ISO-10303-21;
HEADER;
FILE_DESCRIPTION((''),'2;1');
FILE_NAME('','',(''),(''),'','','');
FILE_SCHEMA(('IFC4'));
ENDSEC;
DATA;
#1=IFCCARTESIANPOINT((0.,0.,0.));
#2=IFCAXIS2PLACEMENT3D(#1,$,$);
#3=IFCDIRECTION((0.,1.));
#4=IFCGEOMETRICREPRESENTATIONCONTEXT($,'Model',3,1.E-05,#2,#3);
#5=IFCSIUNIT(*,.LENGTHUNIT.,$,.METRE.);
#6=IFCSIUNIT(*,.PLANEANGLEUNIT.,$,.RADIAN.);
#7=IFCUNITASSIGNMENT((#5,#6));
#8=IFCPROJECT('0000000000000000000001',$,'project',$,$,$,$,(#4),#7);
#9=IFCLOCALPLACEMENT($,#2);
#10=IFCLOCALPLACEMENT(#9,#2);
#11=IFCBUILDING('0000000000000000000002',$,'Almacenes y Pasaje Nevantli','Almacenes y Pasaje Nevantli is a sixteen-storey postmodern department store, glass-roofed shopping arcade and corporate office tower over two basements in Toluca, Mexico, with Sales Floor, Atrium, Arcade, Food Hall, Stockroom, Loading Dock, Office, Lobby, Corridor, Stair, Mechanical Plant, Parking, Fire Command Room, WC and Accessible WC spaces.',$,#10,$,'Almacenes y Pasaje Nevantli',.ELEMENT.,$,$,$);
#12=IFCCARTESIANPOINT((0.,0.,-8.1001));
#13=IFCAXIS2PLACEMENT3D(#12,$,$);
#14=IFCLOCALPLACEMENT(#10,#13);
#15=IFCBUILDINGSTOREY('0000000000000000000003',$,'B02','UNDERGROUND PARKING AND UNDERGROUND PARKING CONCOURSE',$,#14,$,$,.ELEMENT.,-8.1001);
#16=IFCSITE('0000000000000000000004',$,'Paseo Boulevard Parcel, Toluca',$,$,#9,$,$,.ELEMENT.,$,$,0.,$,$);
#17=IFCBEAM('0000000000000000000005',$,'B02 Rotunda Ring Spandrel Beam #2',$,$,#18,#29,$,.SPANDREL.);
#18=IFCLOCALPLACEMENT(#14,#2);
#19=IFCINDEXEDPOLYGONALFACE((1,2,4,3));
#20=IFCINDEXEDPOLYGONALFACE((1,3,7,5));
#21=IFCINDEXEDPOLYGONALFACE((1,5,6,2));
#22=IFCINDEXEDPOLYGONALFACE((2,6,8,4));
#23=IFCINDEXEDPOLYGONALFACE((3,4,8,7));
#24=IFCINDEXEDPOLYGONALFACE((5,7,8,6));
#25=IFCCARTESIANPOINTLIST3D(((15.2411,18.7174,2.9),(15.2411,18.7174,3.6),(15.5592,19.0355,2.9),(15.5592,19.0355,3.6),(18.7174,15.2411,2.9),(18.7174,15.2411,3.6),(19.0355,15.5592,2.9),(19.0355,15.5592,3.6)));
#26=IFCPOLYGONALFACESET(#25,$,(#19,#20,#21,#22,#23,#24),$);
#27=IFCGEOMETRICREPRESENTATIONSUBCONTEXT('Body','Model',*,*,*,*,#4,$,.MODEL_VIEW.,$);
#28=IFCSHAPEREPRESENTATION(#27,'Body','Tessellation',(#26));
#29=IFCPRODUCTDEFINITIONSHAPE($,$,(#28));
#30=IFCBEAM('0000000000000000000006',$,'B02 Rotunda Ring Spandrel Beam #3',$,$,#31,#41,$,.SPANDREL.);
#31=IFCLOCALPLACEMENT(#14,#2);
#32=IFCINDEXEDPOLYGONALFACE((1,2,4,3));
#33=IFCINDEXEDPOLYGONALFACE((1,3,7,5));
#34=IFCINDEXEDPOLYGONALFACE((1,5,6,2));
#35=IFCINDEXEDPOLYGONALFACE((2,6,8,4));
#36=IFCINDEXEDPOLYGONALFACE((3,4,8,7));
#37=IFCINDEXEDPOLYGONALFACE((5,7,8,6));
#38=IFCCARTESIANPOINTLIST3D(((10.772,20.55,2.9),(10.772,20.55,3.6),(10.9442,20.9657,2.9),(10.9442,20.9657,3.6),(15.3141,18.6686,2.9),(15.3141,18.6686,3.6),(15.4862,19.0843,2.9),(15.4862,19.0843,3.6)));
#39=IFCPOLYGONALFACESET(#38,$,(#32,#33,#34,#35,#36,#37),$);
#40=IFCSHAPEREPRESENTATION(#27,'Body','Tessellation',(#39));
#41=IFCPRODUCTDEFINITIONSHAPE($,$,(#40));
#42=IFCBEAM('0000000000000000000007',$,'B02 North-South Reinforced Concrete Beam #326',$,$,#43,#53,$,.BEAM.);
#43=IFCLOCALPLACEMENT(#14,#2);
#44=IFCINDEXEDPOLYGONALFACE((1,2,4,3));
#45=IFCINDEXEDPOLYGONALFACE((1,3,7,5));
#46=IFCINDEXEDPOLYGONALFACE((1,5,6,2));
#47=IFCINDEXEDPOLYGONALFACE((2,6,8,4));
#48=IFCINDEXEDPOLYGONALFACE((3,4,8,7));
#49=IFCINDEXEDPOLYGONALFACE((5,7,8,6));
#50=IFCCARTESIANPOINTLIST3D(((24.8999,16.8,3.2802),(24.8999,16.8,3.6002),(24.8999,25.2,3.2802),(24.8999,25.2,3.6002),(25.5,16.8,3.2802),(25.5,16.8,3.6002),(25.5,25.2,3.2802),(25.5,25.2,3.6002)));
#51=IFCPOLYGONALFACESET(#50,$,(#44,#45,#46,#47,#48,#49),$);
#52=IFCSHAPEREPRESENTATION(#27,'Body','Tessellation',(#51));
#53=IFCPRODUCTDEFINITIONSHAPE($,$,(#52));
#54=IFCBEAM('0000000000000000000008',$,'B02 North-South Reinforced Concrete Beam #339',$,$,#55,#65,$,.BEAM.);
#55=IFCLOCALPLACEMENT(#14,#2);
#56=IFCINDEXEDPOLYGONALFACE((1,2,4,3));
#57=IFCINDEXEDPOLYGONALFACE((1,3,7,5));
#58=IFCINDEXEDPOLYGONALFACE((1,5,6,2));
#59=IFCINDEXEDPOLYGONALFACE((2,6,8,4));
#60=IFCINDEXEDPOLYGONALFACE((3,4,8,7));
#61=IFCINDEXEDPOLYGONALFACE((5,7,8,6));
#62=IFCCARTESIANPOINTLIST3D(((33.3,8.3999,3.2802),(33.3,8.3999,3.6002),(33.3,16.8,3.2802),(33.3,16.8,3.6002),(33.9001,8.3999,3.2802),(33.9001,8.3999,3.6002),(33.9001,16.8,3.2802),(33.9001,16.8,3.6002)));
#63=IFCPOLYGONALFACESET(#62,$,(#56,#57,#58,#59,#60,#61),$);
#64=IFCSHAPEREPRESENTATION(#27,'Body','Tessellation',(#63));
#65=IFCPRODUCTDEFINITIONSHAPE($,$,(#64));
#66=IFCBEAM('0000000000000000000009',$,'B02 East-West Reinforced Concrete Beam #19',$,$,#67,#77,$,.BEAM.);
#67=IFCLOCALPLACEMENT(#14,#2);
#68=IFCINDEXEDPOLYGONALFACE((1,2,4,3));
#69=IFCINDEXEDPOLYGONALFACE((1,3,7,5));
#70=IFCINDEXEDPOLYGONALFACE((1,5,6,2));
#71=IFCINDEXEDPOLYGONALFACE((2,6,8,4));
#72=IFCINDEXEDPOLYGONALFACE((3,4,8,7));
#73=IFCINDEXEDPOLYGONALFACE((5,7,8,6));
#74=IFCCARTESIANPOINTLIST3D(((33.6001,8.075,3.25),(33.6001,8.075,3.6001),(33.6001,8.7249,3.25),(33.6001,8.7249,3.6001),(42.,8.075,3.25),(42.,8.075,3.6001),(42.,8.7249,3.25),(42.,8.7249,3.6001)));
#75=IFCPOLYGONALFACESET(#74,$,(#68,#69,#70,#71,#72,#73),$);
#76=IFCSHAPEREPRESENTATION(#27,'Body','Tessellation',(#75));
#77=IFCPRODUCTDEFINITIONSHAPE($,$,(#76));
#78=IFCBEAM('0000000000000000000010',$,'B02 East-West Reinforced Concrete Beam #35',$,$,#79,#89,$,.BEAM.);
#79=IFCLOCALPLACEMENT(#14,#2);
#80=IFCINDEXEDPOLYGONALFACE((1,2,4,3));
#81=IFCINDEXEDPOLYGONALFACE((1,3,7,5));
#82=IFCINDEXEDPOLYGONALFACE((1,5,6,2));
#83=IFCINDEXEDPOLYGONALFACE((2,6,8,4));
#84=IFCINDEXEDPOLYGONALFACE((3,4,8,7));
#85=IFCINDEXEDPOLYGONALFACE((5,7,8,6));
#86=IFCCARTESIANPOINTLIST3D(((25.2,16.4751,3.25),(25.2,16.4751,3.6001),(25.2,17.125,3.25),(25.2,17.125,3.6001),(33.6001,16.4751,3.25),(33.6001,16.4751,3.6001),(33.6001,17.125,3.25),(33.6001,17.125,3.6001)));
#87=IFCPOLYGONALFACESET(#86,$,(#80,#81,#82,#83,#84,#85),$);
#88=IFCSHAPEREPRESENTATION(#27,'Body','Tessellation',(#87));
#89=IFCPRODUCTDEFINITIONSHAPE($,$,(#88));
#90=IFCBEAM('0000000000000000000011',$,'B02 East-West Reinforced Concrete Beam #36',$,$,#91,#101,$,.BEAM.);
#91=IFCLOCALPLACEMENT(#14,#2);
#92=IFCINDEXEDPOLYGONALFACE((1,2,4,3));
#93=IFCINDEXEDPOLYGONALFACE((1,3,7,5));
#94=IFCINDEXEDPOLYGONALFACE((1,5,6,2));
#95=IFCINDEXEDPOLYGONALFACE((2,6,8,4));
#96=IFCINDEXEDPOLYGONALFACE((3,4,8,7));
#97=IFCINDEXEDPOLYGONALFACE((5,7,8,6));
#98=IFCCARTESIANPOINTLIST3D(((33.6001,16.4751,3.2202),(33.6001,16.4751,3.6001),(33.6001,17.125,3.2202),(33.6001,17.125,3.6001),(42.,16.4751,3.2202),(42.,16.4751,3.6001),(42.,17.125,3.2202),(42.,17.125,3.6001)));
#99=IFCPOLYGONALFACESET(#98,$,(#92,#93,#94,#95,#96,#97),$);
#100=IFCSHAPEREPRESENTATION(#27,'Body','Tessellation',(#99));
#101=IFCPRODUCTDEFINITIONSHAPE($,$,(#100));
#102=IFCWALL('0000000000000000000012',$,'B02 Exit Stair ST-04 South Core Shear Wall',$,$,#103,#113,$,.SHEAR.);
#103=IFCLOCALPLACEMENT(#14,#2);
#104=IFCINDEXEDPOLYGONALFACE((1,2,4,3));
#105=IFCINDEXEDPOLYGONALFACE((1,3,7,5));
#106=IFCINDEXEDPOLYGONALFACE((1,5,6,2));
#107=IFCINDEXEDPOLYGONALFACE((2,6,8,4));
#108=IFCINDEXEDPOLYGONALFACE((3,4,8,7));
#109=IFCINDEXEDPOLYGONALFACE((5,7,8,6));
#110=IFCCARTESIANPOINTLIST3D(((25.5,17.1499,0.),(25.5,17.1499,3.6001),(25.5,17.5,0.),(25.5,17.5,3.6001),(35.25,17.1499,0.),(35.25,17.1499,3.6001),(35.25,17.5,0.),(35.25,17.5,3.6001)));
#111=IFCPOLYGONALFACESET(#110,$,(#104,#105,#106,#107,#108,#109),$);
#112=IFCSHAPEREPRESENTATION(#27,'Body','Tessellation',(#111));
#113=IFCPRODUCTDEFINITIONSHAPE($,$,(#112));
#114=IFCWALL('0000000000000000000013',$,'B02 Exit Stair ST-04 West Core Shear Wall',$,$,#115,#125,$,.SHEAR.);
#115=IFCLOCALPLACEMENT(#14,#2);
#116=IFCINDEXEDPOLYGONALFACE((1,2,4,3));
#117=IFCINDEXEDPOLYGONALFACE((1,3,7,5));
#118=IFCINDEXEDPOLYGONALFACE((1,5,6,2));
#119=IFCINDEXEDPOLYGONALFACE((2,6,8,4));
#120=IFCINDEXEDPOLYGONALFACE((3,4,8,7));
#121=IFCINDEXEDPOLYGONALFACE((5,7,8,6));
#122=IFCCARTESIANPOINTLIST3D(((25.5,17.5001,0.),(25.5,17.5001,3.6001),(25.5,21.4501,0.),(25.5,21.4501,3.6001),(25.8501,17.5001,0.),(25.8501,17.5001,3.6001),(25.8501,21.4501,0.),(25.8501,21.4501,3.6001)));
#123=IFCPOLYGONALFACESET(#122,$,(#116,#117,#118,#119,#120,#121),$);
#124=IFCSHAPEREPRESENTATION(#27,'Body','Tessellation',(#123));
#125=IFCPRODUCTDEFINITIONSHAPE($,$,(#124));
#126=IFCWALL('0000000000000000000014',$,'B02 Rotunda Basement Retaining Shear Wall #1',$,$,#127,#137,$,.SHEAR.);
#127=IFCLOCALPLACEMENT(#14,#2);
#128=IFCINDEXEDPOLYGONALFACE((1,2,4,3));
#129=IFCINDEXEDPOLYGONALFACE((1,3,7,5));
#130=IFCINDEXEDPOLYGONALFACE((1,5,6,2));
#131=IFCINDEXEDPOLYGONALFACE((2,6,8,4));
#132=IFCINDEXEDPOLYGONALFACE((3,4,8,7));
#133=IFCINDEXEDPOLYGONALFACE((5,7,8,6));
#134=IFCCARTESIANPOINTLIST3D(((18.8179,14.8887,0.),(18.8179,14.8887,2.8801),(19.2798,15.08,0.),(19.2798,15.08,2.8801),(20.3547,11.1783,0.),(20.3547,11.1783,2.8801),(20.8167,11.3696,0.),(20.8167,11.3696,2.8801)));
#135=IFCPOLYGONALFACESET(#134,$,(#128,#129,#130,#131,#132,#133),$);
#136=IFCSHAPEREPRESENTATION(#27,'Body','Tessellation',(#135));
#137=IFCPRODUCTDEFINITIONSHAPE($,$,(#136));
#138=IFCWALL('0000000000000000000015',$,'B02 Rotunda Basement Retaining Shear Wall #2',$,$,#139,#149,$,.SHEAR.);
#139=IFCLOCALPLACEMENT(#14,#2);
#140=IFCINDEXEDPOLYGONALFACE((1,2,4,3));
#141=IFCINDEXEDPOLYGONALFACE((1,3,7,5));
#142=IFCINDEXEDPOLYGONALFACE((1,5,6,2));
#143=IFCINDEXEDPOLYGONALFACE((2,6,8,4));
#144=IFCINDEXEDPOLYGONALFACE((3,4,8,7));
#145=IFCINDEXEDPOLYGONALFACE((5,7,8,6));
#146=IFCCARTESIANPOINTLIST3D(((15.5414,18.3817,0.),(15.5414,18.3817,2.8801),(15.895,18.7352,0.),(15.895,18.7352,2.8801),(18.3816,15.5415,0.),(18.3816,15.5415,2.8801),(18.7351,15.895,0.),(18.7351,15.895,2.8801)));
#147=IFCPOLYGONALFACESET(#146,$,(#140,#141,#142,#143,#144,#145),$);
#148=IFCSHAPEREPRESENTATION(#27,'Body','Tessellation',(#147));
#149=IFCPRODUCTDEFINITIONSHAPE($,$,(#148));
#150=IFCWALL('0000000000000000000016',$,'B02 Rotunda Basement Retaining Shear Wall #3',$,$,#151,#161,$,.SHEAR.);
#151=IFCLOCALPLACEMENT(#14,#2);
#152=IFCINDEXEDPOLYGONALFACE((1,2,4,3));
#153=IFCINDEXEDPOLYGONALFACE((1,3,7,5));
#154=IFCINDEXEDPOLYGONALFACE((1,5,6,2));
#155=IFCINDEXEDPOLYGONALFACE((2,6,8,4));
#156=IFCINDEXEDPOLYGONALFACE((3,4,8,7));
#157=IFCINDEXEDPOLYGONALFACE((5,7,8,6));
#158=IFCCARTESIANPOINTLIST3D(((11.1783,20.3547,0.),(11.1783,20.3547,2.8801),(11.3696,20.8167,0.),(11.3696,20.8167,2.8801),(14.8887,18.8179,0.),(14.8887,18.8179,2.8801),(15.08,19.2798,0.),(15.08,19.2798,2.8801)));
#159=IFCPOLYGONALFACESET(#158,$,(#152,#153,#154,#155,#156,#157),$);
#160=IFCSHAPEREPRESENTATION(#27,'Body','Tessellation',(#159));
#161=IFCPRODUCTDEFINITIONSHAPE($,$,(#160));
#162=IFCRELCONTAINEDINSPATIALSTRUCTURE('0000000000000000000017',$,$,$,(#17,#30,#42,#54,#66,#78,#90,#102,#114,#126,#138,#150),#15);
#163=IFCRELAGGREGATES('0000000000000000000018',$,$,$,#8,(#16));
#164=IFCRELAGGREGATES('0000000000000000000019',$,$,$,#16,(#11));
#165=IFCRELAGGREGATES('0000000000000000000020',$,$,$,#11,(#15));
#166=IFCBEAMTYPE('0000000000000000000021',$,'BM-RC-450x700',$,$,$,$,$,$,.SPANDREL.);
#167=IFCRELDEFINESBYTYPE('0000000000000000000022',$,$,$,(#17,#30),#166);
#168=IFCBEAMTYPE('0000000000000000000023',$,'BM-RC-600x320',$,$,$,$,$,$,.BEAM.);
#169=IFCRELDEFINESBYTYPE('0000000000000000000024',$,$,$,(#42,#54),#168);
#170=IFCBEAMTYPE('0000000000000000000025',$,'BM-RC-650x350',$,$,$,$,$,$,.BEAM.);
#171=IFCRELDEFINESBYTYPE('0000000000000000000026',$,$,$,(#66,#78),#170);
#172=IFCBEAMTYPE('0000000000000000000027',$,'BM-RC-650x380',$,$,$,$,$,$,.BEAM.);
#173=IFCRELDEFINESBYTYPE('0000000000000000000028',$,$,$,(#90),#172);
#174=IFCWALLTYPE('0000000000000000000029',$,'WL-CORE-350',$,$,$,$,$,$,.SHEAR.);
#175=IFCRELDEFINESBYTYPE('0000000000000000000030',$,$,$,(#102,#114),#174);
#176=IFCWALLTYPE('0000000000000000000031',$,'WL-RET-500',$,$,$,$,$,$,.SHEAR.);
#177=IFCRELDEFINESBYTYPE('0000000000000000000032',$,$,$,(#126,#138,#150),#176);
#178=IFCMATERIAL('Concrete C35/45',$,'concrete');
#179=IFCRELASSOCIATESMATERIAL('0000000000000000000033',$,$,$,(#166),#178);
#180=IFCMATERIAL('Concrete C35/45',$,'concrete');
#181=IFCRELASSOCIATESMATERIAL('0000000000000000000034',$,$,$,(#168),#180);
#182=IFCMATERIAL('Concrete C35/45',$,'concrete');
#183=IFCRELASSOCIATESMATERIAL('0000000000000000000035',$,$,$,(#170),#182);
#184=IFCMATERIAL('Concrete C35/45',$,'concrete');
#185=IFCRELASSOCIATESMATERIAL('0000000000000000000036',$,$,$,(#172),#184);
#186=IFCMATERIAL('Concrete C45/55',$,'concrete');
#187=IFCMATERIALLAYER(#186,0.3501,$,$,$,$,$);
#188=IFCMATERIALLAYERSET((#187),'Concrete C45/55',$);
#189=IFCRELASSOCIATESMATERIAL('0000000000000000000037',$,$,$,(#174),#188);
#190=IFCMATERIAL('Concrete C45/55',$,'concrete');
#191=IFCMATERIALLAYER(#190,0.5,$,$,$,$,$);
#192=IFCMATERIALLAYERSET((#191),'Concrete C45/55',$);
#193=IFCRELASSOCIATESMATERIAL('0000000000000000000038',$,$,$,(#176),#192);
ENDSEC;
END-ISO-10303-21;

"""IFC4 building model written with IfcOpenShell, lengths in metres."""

from ifc_helpers import new_model, si_unit, direction, frame, frame_2d, origin, origin_2d, place, context, subcontext, project, spatial, rectangle, extrude, material, layer, layer_set, material_profile, profile_set, type_object, element, save


model = new_model("IFC4")

# Units and contexts
model_context = context("Model", 3, precision=1e-05, world=origin(), true_north=direction((0.0, 1.0)))
body_context = subcontext(model_context, "Body", "Model", "MODEL_VIEW")
ifc_project = project(units=[si_unit("LENGTHUNIT", "METRE"), si_unit("PLANEANGLEUNIT", "RADIAN")], contexts=[model_context])

# Site, building, storey
site_placement = place(None, origin())
site = spatial("IfcSite", under=ifc_project, at=site_placement, Name="Paseo Boulevard Parcel, Toluca", CompositionType="ELEMENT", RefElevation=0.0)
building_placement = place(site_placement, origin())
building = spatial("IfcBuilding", under=site, at=building_placement, Name="Almacenes y Pasaje Nevantli", Description="Almacenes y Pasaje Nevantli is a sixteen-storey postmodern department store, glass-roofed shopping arcade and corporate office tower over two basements in Toluca, Mexico, with Sales Floor, Atrium, Arcade, Food Hall, Stockroom, Loading Dock, Office, Lobby, Corridor, Stair, Mechanical Plant, Parking, Fire Command Room, WC and Accessible WC spaces.", LongName="Almacenes y Pasaje Nevantli", CompositionType="ELEMENT")
storey_placement = place(building_placement, frame((0.0, 0.0, -8.1001)))
storey = spatial("IfcBuildingStorey", under=building, at=storey_placement, Name="B02", Description="UNDERGROUND PARKING AND UNDERGROUND PARKING CONCOURSE", CompositionType="ELEMENT", Elevation=-8.1001)

# Beams
ifc_material_1 = material(Name="Concrete C35/45", Category="concrete")
ifc_material_profile_1 = material_profile(ifc_material_1, rectangle(XDim=0.45, YDim=0.7, at=origin_2d()), Name="RC-BM-450x700")
ifc_profile_set_1 = profile_set([ifc_material_profile_1], Name="Concrete C35/45")
beam_type_1 = type_object("IfcBeamType", Name="BM-RC-450x700", PredefinedType="SPANDREL", material=ifc_profile_set_1)
for number, where, z_axis, x_axis, name in (
    (1, (18.8765, 15.4001, 3.25), (-0.707107, 0.707107, 0.0), (-0.707107, -0.707107, 0.0), "B02 Rotunda Ring Spandrel Beam #2"),
    (2, (15.4001, 18.8765, 3.25), (-0.92388, 0.382682, 0.0), (-0.382682, -0.92388, 0.0), "B02 Rotunda Ring Spandrel Beam #3"),
):
    element("IfcBeam", number, at=place(storey_placement, frame(where, z_axis=z_axis, x_axis=x_axis)), inside=storey, type_object=beam_type_1, Name=name, PredefinedType="SPANDREL", context=body_context, shape_type="SweptSolid", body=[
        extrude(rectangle(XDim=0.45, YDim=0.7, at=origin_2d()), origin(), (0.0, 0.0, 1.0), 4.9163),
    ])
ifc_material_2 = material(Name="Concrete C35/45", Category="concrete")
ifc_material_profile_2 = material_profile(ifc_material_2, rectangle(XDim=0.6001, YDim=0.3201, at=origin_2d()), Name="RC-BM-600x320")
ifc_profile_set_2 = profile_set([ifc_material_profile_2], Name="Concrete C35/45")
beam_type_2 = type_object("IfcBeamType", Name="BM-RC-600x320", PredefinedType="BEAM", material=ifc_profile_set_2)
beam_1_placement = place(storey_placement, frame((25.2, 16.8, 3.4402), z_axis=(0.0, 1.0, 0.0), x_axis=(-1.0, 0.0, 0.0)))
element("IfcBeam", 3, at=beam_1_placement, inside=storey, type_object=beam_type_2, Name="B02 North-South Reinforced Concrete Beam #326", PredefinedType="BEAM", context=body_context, shape_type="SweptSolid", body=[
    extrude(rectangle(XDim=0.6001, YDim=0.3201, at=origin_2d()), origin(), (0.0, 0.0, 1.0), 8.3999),
])
beam_2_placement = place(storey_placement, frame((33.6001, 8.3999, 3.4402), z_axis=(0.0, 1.0, 0.0), x_axis=(-1.0, 0.0, 0.0)))
element("IfcBeam", 4, at=beam_2_placement, inside=storey, type_object=beam_type_2, Name="B02 North-South Reinforced Concrete Beam #339", PredefinedType="BEAM", context=body_context, shape_type="SweptSolid", body=[
    extrude(rectangle(XDim=0.6001, YDim=0.3201, at=origin_2d()), origin(), (0.0, 0.0, 1.0), 8.4001),
])
ifc_material_3 = material(Name="Concrete C35/45", Category="concrete")
ifc_material_profile_3 = material_profile(ifc_material_3, rectangle(XDim=0.6499, YDim=0.3501, at=origin_2d()), Name="RC-BM-650x350")
ifc_profile_set_3 = profile_set([ifc_material_profile_3], Name="Concrete C35/45")
beam_type_3 = type_object("IfcBeamType", Name="BM-RC-650x350", PredefinedType="BEAM", material=ifc_profile_set_3)
beam_3_placement = place(storey_placement, frame((33.6001, 8.3999, 3.425), z_axis=(1.0, 0.0, 0.0), x_axis=(0.0, 1.0, 0.0)))
element("IfcBeam", 5, at=beam_3_placement, inside=storey, type_object=beam_type_3, Name="B02 East-West Reinforced Concrete Beam #19", PredefinedType="BEAM", context=body_context, shape_type="SweptSolid", body=[
    extrude(rectangle(XDim=0.6499, YDim=0.3501, at=origin_2d()), origin(), (0.0, 0.0, 1.0), 8.3999),
])
beam_4_placement = place(storey_placement, frame((25.2, 16.8, 3.425), z_axis=(1.0, 0.0, 0.0), x_axis=(0.0, 1.0, 0.0)))
element("IfcBeam", 6, at=beam_4_placement, inside=storey, type_object=beam_type_3, Name="B02 East-West Reinforced Concrete Beam #35", PredefinedType="BEAM", context=body_context, shape_type="SweptSolid", body=[
    extrude(rectangle(XDim=0.6499, YDim=0.3501, at=origin_2d()), origin(), (0.0, 0.0, 1.0), 8.4001),
])
ifc_material_4 = material(Name="Concrete C35/45", Category="concrete")
ifc_material_profile_4 = material_profile(ifc_material_4, rectangle(XDim=0.6499, YDim=0.3799, at=origin_2d()), Name="RC-BM-650x380")
ifc_profile_set_4 = profile_set([ifc_material_profile_4], Name="Concrete C35/45")
beam_type_4 = type_object("IfcBeamType", Name="BM-RC-650x380", PredefinedType="BEAM", material=ifc_profile_set_4)
beam_5_placement = place(storey_placement, frame((33.6001, 16.8, 3.4102), z_axis=(1.0, 0.0, 0.0), x_axis=(0.0, 1.0, 0.0)))
element("IfcBeam", 7, at=beam_5_placement, inside=storey, type_object=beam_type_4, Name="B02 East-West Reinforced Concrete Beam #36", PredefinedType="BEAM", context=body_context, shape_type="SweptSolid", body=[
    extrude(rectangle(XDim=0.6499, YDim=0.3799, at=origin_2d()), origin(), (0.0, 0.0, 1.0), 8.3999),
])

# Walls
ifc_material_5 = material(Name="Concrete C45/55", Category="concrete")
ifc_layer_1 = layer(ifc_material_5, 0.3501)
ifc_layer_set_1 = layer_set([ifc_layer_1], Name="Concrete C45/55")
wall_type_1 = type_object("IfcWallType", Name="WL-CORE-350", PredefinedType="SHEAR", material=ifc_layer_set_1)
wall_1_placement = place(storey_placement, frame((25.5, 17.325, 0.0), z_axis=(0.0, 0.0, 1.0), x_axis=(1.0, 0.0, 0.0)))
element("IfcWall", 8, at=wall_1_placement, inside=storey, type_object=wall_type_1, Name="B02 Exit Stair ST-04 South Core Shear Wall", PredefinedType="SHEAR", context=body_context, shape_type="SweptSolid", body=[
    extrude(rectangle(XDim=9.75, YDim=0.3501, at=frame_2d((4.875, 0.0))), origin(), (0.0, 0.0, 1.0), 3.6001),
])
wall_2_placement = place(storey_placement, frame((25.675, 17.5, 0.0), z_axis=(0.0, 0.0, 1.0), x_axis=(0.0, 1.0, 0.0)))
element("IfcWall", 9, at=wall_2_placement, inside=storey, type_object=wall_type_1, Name="B02 Exit Stair ST-04 West Core Shear Wall", PredefinedType="SHEAR", context=body_context, shape_type="SweptSolid", body=[
    extrude(rectangle(XDim=3.95, YDim=0.3501, at=frame_2d((1.9751, 0.0))), origin(), (0.0, 0.0, 1.0), 3.6001),
])
ifc_material_6 = material(Name="Concrete C45/55", Category="concrete")
ifc_layer_2 = layer(ifc_material_6, 0.5)
ifc_layer_set_2 = layer_set([ifc_layer_2], Name="Concrete C45/55")
wall_type_2 = type_object("IfcWallType", Name="WL-RET-500", PredefinedType="SHEAR", material=ifc_layer_set_2)
wall_3_placement = place(storey_placement, frame((20.5857, 11.2739, 0.0), z_axis=(0.0, 0.0, 1.0), x_axis=(-0.382672, 0.923884, 0.0)))
element("IfcWall", 10, at=wall_3_placement, inside=storey, type_object=wall_type_2, Name="B02 Rotunda Basement Retaining Shear Wall #1", PredefinedType="SHEAR", context=body_context, shape_type="SweptSolid", body=[
    extrude(rectangle(XDim=4.0161, YDim=0.5, at=frame_2d((2.0081, 0.0))), origin(), (0.0, 0.0, 1.0), 2.8801),
])
wall_4_placement = place(storey_placement, frame((18.5583, 15.7183, 0.0), z_axis=(0.0, 0.0, 1.0), x_axis=(-0.707107, 0.707107, 0.0)))
element("IfcWall", 11, at=wall_4_placement, inside=storey, type_object=wall_type_2, Name="B02 Rotunda Basement Retaining Shear Wall #2", PredefinedType="SHEAR", context=body_context, shape_type="SweptSolid", body=[
    extrude(rectangle(XDim=4.0166, YDim=0.5, at=frame_2d((2.0083, 0.0))), origin(), (0.0, 0.0, 1.0), 2.8801),
])
wall_5_placement = place(storey_placement, frame((14.9844, 19.0488, 0.0), z_axis=(0.0, 0.0, 1.0), x_axis=(-0.923884, 0.382672, 0.0)))
element("IfcWall", 12, at=wall_5_placement, inside=storey, type_object=wall_type_2, Name="B02 Rotunda Basement Retaining Shear Wall #3", PredefinedType="SHEAR", context=body_context, shape_type="SweptSolid", body=[
    extrude(rectangle(XDim=4.0161, YDim=0.5, at=frame_2d((2.0081, 0.0))), origin(), (0.0, 0.0, 1.0), 2.8801),
])

save(model, "model.ifc")
